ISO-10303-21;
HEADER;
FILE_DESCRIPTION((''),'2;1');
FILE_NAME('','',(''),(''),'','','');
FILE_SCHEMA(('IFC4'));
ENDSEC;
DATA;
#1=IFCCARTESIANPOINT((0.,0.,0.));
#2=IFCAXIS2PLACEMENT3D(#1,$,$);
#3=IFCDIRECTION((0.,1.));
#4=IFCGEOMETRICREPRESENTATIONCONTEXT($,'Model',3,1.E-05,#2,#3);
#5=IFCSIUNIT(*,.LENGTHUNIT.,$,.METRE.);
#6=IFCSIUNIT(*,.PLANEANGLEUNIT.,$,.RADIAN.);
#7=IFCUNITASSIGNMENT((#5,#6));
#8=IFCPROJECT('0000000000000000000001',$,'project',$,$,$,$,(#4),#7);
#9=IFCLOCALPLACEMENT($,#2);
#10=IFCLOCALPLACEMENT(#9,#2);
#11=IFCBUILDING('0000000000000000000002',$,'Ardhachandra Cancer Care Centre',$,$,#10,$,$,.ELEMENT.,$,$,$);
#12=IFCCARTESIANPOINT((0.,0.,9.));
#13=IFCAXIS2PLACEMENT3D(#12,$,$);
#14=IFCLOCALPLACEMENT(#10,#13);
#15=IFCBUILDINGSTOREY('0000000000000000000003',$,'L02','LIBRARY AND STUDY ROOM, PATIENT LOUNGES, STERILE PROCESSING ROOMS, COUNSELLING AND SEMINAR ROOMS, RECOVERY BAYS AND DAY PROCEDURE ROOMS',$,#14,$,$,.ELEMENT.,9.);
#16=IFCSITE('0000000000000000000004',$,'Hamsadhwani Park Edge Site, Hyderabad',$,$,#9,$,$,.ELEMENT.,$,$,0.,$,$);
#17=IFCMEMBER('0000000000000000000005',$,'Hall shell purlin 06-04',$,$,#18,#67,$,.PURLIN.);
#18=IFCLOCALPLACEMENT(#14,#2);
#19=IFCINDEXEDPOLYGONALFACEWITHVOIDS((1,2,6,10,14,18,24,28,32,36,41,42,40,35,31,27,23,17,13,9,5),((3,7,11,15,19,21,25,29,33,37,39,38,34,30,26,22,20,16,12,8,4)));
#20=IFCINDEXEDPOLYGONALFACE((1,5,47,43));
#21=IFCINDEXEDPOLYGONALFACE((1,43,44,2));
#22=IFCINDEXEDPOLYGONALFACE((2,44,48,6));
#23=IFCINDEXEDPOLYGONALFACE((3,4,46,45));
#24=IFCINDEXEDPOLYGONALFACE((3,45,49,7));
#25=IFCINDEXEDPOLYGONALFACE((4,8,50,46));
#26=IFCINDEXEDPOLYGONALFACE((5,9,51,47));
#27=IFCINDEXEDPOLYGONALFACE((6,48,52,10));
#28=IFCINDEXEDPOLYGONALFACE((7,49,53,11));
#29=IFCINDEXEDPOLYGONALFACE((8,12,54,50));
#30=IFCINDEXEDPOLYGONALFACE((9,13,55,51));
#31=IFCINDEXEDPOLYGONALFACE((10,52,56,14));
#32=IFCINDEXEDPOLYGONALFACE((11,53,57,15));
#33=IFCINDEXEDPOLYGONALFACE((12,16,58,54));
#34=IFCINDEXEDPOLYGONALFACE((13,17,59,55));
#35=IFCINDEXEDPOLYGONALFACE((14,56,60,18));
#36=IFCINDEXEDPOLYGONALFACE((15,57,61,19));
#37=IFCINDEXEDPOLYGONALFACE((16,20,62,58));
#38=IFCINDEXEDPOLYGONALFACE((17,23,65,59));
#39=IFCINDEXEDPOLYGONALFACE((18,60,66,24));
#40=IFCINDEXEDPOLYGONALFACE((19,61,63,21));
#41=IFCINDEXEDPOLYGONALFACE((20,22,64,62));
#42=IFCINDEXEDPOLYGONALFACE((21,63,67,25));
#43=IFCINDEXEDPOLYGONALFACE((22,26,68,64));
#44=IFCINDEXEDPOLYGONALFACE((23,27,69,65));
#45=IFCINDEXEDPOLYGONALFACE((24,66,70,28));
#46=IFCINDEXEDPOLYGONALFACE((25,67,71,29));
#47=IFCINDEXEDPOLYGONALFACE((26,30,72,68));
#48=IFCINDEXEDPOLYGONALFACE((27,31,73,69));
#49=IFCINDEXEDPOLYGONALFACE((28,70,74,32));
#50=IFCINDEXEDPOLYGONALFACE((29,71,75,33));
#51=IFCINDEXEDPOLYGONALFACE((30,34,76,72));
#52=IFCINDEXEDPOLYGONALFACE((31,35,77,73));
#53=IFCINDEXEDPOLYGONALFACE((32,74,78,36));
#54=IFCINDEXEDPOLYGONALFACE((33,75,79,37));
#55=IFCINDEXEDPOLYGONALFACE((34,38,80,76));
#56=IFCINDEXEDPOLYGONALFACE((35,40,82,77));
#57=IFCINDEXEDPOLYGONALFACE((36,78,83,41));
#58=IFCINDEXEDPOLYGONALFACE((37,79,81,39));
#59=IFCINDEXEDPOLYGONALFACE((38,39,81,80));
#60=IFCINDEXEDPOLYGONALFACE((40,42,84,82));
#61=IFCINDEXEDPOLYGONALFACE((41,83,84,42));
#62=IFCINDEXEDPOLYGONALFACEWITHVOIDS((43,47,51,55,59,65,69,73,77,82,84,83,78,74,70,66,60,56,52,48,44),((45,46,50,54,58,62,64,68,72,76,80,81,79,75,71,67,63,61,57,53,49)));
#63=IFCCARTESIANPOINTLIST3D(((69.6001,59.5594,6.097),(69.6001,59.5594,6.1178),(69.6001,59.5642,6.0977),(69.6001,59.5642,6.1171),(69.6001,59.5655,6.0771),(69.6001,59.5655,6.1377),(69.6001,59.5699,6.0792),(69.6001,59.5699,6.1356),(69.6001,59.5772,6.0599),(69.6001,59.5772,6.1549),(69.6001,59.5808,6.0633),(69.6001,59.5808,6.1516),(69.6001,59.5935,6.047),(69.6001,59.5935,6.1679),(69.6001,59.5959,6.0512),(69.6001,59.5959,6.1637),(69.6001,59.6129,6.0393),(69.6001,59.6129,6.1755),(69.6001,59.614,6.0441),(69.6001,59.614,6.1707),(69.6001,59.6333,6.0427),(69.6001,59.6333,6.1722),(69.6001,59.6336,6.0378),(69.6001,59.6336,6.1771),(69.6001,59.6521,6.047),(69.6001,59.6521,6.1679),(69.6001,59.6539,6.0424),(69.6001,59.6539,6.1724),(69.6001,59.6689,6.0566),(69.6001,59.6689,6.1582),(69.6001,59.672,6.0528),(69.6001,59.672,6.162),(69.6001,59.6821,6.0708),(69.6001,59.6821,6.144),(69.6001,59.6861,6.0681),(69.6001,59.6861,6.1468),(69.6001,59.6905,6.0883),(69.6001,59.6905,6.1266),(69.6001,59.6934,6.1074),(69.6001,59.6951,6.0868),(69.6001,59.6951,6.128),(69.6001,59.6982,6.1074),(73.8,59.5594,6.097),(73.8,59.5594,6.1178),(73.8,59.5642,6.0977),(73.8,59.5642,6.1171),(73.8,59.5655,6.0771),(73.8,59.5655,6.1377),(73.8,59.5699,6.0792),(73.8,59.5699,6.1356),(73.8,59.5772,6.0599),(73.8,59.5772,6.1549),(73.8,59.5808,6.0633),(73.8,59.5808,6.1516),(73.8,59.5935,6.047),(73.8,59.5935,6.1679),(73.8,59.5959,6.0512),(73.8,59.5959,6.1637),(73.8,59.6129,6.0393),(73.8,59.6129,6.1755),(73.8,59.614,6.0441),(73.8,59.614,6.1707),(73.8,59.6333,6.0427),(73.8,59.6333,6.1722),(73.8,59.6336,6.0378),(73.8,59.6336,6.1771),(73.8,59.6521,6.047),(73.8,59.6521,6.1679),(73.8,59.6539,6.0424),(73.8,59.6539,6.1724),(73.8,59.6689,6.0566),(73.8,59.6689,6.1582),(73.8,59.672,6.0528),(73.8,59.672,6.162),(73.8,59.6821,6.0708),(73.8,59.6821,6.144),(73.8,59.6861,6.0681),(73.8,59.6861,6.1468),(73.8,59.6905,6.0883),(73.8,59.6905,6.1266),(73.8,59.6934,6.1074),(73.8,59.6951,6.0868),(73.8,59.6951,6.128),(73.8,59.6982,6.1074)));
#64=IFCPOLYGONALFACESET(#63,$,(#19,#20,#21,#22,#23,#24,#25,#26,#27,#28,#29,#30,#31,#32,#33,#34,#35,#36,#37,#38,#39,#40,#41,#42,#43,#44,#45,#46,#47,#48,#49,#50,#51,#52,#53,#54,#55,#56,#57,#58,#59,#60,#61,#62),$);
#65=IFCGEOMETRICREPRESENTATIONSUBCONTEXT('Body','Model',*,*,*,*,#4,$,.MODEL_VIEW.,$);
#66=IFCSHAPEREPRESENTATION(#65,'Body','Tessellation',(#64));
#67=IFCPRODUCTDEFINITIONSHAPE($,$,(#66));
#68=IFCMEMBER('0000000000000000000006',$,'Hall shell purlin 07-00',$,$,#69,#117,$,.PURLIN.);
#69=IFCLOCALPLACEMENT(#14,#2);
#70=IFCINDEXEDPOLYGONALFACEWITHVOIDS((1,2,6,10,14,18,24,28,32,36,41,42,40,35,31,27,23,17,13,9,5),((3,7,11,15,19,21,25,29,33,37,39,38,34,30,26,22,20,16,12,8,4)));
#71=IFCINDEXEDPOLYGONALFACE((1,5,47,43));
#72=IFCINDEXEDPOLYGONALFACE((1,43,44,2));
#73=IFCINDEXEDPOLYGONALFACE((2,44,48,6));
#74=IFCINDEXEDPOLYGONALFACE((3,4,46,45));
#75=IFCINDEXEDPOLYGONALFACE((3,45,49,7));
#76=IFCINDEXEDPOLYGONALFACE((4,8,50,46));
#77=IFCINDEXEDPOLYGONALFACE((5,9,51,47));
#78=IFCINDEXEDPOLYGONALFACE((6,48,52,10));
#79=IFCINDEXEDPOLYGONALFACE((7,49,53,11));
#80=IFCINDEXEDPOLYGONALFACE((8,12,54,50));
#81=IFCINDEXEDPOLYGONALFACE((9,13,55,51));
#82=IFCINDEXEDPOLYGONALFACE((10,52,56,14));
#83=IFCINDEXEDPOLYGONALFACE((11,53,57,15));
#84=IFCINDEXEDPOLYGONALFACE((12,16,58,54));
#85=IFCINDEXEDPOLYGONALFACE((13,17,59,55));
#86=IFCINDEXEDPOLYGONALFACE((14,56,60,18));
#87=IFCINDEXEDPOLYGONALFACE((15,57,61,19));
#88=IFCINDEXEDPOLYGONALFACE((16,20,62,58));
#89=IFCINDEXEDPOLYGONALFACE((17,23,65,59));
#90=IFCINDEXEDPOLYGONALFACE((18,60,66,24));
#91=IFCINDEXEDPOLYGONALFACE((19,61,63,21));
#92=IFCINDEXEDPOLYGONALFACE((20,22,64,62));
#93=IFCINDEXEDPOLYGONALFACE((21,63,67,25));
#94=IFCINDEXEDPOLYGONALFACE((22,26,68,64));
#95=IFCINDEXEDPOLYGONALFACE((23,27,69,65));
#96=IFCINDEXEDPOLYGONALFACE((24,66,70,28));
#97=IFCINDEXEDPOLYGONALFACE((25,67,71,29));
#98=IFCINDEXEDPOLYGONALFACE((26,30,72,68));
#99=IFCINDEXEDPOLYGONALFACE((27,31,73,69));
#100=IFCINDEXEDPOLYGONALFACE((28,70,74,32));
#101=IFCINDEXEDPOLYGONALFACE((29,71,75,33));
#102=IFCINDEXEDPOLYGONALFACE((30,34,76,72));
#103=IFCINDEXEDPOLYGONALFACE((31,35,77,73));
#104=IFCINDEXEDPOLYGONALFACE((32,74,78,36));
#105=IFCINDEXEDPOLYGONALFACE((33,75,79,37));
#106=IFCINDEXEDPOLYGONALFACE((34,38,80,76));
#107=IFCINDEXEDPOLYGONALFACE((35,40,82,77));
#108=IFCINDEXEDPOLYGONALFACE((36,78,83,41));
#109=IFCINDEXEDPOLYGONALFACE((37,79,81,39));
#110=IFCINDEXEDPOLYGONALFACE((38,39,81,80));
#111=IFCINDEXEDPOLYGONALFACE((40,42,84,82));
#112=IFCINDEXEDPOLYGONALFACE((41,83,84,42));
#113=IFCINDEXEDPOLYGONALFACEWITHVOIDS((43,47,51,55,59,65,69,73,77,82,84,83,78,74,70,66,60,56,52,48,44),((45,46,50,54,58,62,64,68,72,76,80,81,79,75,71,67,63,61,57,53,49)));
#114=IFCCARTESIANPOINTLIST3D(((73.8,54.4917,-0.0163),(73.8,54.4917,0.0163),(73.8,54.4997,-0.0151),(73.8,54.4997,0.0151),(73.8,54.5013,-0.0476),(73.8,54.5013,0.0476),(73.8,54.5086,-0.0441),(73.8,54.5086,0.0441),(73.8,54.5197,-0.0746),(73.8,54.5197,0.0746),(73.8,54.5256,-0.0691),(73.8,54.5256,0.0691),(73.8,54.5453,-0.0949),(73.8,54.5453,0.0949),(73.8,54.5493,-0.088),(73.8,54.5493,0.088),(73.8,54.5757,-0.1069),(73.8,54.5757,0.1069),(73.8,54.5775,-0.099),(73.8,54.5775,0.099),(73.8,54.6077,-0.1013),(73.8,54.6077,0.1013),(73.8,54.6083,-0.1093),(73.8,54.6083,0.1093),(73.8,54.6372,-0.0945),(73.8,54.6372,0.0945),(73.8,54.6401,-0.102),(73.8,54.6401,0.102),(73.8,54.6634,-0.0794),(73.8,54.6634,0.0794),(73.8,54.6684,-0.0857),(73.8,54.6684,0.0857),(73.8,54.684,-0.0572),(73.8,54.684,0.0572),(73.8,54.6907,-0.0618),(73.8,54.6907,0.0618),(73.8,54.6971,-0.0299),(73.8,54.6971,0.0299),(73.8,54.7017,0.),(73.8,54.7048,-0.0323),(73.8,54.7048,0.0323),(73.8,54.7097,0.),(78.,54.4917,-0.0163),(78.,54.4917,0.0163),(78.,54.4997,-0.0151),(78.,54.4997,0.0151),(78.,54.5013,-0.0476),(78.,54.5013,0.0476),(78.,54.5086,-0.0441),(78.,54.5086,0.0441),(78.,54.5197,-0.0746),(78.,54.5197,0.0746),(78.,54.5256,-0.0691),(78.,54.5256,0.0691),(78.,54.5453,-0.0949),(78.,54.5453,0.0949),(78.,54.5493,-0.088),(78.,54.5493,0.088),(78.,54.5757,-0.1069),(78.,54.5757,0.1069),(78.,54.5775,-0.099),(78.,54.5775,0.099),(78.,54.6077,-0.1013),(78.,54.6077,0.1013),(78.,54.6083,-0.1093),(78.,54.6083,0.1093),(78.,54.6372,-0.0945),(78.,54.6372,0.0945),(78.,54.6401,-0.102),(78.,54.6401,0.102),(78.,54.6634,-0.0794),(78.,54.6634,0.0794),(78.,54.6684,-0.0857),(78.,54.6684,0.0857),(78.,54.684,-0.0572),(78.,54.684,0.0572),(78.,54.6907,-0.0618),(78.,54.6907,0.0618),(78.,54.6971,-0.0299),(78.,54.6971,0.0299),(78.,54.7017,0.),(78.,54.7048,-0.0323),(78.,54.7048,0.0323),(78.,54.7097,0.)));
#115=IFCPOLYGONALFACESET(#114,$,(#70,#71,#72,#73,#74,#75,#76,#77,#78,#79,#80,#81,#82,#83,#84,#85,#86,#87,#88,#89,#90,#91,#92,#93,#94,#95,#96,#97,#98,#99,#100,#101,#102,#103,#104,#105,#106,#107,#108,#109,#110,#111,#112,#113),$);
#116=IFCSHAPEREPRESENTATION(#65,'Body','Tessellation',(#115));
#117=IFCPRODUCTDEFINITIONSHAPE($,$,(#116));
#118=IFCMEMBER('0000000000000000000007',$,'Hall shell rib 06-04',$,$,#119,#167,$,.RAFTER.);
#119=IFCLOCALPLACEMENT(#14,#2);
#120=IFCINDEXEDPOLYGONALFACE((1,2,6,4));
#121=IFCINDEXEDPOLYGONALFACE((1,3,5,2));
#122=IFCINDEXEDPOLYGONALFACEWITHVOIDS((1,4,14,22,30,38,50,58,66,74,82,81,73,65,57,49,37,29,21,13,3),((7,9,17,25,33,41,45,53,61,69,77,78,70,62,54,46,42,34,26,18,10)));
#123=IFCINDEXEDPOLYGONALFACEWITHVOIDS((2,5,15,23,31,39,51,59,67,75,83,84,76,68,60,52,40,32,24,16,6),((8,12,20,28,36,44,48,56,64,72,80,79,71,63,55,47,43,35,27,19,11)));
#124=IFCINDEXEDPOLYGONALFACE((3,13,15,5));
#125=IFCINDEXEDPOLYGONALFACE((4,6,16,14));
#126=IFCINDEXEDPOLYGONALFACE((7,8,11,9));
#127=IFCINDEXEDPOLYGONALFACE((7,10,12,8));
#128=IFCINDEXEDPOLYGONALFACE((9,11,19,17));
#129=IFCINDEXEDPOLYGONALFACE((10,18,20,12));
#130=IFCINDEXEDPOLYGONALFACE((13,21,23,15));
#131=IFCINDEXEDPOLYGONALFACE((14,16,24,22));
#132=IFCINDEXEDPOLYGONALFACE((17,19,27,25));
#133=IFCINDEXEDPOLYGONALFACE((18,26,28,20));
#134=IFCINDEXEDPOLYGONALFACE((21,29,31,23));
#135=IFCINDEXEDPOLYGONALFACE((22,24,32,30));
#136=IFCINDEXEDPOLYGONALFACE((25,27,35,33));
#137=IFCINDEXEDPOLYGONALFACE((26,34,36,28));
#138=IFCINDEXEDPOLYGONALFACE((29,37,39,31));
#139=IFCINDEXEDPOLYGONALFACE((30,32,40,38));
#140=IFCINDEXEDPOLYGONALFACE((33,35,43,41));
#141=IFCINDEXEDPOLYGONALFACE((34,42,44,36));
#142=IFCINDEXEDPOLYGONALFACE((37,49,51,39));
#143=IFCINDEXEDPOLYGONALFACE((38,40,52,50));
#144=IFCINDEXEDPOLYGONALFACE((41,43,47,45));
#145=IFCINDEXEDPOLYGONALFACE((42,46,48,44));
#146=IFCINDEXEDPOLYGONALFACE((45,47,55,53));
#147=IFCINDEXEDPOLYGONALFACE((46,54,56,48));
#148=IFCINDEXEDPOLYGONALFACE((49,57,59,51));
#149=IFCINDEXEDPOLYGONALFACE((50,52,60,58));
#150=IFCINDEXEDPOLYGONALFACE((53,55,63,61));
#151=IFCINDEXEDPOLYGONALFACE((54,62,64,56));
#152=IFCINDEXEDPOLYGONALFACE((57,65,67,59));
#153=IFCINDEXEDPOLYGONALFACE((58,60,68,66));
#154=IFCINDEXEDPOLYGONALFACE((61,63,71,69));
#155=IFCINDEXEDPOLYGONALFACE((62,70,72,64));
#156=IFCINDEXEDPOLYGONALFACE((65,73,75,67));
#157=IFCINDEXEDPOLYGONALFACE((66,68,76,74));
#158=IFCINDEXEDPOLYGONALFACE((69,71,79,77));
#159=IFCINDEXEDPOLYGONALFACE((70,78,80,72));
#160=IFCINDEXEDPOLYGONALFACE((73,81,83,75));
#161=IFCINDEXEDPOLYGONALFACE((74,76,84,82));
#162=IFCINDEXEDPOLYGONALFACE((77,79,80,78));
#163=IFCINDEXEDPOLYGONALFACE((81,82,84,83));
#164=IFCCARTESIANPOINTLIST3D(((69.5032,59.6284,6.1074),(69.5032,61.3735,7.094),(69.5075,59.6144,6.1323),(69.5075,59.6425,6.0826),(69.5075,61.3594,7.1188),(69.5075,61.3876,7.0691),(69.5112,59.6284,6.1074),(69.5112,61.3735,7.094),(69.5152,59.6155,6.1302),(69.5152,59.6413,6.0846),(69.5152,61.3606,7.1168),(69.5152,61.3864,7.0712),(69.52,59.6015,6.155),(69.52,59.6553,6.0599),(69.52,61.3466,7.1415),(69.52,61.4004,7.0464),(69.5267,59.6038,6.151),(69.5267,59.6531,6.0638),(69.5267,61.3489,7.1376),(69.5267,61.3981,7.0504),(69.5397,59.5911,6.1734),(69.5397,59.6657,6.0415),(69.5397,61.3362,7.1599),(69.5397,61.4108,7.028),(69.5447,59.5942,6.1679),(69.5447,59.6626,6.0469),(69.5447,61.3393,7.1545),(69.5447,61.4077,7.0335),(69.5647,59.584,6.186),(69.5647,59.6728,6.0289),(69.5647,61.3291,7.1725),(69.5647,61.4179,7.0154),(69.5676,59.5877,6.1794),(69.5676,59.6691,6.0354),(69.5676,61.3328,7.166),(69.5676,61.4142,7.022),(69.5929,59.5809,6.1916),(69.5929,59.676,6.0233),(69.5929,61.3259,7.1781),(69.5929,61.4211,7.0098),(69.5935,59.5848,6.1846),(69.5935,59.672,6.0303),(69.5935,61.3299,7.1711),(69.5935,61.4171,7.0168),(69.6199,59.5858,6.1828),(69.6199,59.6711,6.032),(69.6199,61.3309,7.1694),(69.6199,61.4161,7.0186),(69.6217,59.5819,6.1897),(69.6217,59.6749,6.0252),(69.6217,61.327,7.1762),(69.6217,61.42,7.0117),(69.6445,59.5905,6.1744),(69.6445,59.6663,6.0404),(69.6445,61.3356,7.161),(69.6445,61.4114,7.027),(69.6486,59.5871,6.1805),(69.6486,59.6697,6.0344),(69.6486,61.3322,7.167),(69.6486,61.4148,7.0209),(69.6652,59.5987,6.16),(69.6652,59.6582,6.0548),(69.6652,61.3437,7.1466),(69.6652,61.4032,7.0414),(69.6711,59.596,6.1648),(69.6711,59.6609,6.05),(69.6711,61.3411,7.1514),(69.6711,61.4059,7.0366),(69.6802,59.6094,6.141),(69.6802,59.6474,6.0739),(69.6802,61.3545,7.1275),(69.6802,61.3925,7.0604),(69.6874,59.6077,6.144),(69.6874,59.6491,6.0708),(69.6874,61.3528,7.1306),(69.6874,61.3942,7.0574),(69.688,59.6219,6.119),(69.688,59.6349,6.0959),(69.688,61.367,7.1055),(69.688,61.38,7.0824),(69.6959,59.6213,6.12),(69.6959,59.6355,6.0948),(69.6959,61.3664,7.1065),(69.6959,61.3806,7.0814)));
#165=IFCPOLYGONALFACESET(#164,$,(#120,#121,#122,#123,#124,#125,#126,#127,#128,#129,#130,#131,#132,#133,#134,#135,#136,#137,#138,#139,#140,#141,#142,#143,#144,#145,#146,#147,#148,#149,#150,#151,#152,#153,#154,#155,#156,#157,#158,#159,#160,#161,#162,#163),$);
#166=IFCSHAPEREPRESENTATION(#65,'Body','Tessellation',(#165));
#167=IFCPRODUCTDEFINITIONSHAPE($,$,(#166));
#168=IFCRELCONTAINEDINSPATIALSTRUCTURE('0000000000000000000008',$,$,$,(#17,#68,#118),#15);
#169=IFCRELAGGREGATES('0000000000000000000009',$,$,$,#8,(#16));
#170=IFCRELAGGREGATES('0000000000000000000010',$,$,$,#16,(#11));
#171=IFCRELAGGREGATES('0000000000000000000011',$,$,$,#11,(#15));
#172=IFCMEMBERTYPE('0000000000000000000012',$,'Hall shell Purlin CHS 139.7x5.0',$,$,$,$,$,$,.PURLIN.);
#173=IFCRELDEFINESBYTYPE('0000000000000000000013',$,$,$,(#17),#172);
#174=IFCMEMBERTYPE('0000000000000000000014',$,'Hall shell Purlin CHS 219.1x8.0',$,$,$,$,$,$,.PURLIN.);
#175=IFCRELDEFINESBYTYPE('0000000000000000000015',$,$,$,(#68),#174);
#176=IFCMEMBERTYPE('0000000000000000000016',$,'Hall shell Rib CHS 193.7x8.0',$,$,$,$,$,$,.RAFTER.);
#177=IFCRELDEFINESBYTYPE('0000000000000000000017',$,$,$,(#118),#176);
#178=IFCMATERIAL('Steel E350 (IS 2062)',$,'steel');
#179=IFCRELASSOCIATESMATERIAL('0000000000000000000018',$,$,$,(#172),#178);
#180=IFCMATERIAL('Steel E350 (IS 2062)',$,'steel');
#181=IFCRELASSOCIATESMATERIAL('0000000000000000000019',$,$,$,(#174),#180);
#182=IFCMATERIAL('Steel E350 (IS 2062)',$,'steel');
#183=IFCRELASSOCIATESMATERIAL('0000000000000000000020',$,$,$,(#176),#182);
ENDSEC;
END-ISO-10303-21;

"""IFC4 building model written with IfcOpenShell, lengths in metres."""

from ifc_helpers import new_model, si_unit, direction, frame, origin, origin_2d, place, context, subcontext, project, spatial, hollow_circle, extrude, material, material_profile, profile_set, type_object, element, save


model = new_model("IFC4")

# Units and contexts
model_context = context("Model", 3, precision=1e-05, world=origin(), true_north=direction((0.0, 1.0)))
body_context = subcontext(model_context, "Body", "Model", "MODEL_VIEW")
ifc_project = project(units=[si_unit("LENGTHUNIT", "METRE"), si_unit("PLANEANGLEUNIT", "RADIAN")], contexts=[model_context])

# Site, building, storey
site_placement = place(None, origin())
site = spatial("IfcSite", under=ifc_project, at=site_placement, Name="Hamsadhwani Park Edge Site, Hyderabad", CompositionType="ELEMENT", RefElevation=0.0)
building_placement = place(site_placement, origin())
building = spatial("IfcBuilding", under=site, at=building_placement, Name="Ardhachandra Cancer Care Centre", CompositionType="ELEMENT")
storey_placement = place(building_placement, frame((0.0, 0.0, 9.0)))
storey = spatial("IfcBuildingStorey", under=building, at=storey_placement, Name="L02", Description="LIBRARY AND STUDY ROOM, PATIENT LOUNGES, STERILE PROCESSING ROOMS, COUNSELLING AND SEMINAR ROOMS, RECOVERY BAYS AND DAY PROCEDURE ROOMS", CompositionType="ELEMENT", Elevation=9.0)

# Members
ifc_material_1 = material(Name="Steel E350 (IS 2062)", Category="steel")
ifc_material_profile_1 = material_profile(ifc_material_1, hollow_circle(Radius=0.0698, WallThickness=0.0049, at=origin_2d()), Name="CHS 139.7x5.0")
ifc_profile_set_1 = profile_set([ifc_material_profile_1], Name="Steel E350 (IS 2062)")
member_type_1 = type_object("IfcMemberType", Name="Hall shell Purlin CHS 139.7x5.0", PredefinedType="PURLIN", material=ifc_profile_set_1)
for number, where, z_axis, x_axis, name in (
    (1, (69.6001, 59.6284, 6.1074), (1.0, 0.0, 0.0), (0.0, 1.0, 0.0), "Hall shell purlin 06-04"),
):
    element("IfcMember", number, at=place(storey_placement, frame(where, z_axis=z_axis, x_axis=x_axis)), inside=storey, type_object=member_type_1, Name=name, PredefinedType="PURLIN", context=body_context, shape_type="SweptSolid", body=[
        extrude(hollow_circle(Radius=0.0698, WallThickness=0.0049, at=origin_2d()), origin(), (0.0, 0.0, 1.0), 4.2),
    ])
ifc_material_2 = material(Name="Steel E350 (IS 2062)", Category="steel")
ifc_material_profile_2 = material_profile(ifc_material_2, hollow_circle(Radius=0.1096, WallThickness=0.0081, at=origin_2d()), Name="CHS 219.1x8.0")
ifc_profile_set_2 = profile_set([ifc_material_profile_2], Name="Steel E350 (IS 2062)")
member_type_2 = type_object("IfcMemberType", Name="Hall shell Purlin CHS 219.1x8.0", PredefinedType="PURLIN", material=ifc_profile_set_2)
member_1_placement = place(storey_placement, frame((73.8, 54.6001, 0.0), z_axis=(1.0, 0.0, 0.0), x_axis=(0.0, 1.0, 0.0)))
element("IfcMember", 2, at=member_1_placement, inside=storey, type_object=member_type_2, Name="Hall shell purlin 07-00", PredefinedType="PURLIN", context=body_context, shape_type="SweptSolid", body=[
    extrude(hollow_circle(Radius=0.1096, WallThickness=0.0081, at=origin_2d()), origin(), (0.0, 0.0, 1.0), 4.2),
])
ifc_material_3 = material(Name="Steel E350 (IS 2062)", Category="steel")
ifc_material_profile_3 = material_profile(ifc_material_3, hollow_circle(Radius=0.0969, WallThickness=0.0081, at=origin_2d()), Name="CHS 193.7x8.0")
ifc_profile_set_3 = profile_set([ifc_material_profile_3], Name="Steel E350 (IS 2062)")
member_type_3 = type_object("IfcMemberType", Name="Hall shell Rib CHS 193.7x8.0", PredefinedType="RAFTER", material=ifc_profile_set_3)
for number, where, z_axis, x_axis, name in (
    (3, (69.6001, 59.6284, 6.1074), (0.0, 0.87052, 0.492134), (-1.0, 0.0, 0.0), "Hall shell rib 06-04"),
):
    element("IfcMember", number, at=place(storey_placement, frame(where, z_axis=z_axis, x_axis=x_axis)), inside=storey, type_object=member_type_3, Name=name, PredefinedType="RAFTER", context=body_context, shape_type="SweptSolid", body=[
        extrude(hollow_circle(Radius=0.0969, WallThickness=0.0081, at=origin_2d()), origin(), (0.0, 0.0, 1.0), 2.0046),
    ])

save(model, "model.ifc")
